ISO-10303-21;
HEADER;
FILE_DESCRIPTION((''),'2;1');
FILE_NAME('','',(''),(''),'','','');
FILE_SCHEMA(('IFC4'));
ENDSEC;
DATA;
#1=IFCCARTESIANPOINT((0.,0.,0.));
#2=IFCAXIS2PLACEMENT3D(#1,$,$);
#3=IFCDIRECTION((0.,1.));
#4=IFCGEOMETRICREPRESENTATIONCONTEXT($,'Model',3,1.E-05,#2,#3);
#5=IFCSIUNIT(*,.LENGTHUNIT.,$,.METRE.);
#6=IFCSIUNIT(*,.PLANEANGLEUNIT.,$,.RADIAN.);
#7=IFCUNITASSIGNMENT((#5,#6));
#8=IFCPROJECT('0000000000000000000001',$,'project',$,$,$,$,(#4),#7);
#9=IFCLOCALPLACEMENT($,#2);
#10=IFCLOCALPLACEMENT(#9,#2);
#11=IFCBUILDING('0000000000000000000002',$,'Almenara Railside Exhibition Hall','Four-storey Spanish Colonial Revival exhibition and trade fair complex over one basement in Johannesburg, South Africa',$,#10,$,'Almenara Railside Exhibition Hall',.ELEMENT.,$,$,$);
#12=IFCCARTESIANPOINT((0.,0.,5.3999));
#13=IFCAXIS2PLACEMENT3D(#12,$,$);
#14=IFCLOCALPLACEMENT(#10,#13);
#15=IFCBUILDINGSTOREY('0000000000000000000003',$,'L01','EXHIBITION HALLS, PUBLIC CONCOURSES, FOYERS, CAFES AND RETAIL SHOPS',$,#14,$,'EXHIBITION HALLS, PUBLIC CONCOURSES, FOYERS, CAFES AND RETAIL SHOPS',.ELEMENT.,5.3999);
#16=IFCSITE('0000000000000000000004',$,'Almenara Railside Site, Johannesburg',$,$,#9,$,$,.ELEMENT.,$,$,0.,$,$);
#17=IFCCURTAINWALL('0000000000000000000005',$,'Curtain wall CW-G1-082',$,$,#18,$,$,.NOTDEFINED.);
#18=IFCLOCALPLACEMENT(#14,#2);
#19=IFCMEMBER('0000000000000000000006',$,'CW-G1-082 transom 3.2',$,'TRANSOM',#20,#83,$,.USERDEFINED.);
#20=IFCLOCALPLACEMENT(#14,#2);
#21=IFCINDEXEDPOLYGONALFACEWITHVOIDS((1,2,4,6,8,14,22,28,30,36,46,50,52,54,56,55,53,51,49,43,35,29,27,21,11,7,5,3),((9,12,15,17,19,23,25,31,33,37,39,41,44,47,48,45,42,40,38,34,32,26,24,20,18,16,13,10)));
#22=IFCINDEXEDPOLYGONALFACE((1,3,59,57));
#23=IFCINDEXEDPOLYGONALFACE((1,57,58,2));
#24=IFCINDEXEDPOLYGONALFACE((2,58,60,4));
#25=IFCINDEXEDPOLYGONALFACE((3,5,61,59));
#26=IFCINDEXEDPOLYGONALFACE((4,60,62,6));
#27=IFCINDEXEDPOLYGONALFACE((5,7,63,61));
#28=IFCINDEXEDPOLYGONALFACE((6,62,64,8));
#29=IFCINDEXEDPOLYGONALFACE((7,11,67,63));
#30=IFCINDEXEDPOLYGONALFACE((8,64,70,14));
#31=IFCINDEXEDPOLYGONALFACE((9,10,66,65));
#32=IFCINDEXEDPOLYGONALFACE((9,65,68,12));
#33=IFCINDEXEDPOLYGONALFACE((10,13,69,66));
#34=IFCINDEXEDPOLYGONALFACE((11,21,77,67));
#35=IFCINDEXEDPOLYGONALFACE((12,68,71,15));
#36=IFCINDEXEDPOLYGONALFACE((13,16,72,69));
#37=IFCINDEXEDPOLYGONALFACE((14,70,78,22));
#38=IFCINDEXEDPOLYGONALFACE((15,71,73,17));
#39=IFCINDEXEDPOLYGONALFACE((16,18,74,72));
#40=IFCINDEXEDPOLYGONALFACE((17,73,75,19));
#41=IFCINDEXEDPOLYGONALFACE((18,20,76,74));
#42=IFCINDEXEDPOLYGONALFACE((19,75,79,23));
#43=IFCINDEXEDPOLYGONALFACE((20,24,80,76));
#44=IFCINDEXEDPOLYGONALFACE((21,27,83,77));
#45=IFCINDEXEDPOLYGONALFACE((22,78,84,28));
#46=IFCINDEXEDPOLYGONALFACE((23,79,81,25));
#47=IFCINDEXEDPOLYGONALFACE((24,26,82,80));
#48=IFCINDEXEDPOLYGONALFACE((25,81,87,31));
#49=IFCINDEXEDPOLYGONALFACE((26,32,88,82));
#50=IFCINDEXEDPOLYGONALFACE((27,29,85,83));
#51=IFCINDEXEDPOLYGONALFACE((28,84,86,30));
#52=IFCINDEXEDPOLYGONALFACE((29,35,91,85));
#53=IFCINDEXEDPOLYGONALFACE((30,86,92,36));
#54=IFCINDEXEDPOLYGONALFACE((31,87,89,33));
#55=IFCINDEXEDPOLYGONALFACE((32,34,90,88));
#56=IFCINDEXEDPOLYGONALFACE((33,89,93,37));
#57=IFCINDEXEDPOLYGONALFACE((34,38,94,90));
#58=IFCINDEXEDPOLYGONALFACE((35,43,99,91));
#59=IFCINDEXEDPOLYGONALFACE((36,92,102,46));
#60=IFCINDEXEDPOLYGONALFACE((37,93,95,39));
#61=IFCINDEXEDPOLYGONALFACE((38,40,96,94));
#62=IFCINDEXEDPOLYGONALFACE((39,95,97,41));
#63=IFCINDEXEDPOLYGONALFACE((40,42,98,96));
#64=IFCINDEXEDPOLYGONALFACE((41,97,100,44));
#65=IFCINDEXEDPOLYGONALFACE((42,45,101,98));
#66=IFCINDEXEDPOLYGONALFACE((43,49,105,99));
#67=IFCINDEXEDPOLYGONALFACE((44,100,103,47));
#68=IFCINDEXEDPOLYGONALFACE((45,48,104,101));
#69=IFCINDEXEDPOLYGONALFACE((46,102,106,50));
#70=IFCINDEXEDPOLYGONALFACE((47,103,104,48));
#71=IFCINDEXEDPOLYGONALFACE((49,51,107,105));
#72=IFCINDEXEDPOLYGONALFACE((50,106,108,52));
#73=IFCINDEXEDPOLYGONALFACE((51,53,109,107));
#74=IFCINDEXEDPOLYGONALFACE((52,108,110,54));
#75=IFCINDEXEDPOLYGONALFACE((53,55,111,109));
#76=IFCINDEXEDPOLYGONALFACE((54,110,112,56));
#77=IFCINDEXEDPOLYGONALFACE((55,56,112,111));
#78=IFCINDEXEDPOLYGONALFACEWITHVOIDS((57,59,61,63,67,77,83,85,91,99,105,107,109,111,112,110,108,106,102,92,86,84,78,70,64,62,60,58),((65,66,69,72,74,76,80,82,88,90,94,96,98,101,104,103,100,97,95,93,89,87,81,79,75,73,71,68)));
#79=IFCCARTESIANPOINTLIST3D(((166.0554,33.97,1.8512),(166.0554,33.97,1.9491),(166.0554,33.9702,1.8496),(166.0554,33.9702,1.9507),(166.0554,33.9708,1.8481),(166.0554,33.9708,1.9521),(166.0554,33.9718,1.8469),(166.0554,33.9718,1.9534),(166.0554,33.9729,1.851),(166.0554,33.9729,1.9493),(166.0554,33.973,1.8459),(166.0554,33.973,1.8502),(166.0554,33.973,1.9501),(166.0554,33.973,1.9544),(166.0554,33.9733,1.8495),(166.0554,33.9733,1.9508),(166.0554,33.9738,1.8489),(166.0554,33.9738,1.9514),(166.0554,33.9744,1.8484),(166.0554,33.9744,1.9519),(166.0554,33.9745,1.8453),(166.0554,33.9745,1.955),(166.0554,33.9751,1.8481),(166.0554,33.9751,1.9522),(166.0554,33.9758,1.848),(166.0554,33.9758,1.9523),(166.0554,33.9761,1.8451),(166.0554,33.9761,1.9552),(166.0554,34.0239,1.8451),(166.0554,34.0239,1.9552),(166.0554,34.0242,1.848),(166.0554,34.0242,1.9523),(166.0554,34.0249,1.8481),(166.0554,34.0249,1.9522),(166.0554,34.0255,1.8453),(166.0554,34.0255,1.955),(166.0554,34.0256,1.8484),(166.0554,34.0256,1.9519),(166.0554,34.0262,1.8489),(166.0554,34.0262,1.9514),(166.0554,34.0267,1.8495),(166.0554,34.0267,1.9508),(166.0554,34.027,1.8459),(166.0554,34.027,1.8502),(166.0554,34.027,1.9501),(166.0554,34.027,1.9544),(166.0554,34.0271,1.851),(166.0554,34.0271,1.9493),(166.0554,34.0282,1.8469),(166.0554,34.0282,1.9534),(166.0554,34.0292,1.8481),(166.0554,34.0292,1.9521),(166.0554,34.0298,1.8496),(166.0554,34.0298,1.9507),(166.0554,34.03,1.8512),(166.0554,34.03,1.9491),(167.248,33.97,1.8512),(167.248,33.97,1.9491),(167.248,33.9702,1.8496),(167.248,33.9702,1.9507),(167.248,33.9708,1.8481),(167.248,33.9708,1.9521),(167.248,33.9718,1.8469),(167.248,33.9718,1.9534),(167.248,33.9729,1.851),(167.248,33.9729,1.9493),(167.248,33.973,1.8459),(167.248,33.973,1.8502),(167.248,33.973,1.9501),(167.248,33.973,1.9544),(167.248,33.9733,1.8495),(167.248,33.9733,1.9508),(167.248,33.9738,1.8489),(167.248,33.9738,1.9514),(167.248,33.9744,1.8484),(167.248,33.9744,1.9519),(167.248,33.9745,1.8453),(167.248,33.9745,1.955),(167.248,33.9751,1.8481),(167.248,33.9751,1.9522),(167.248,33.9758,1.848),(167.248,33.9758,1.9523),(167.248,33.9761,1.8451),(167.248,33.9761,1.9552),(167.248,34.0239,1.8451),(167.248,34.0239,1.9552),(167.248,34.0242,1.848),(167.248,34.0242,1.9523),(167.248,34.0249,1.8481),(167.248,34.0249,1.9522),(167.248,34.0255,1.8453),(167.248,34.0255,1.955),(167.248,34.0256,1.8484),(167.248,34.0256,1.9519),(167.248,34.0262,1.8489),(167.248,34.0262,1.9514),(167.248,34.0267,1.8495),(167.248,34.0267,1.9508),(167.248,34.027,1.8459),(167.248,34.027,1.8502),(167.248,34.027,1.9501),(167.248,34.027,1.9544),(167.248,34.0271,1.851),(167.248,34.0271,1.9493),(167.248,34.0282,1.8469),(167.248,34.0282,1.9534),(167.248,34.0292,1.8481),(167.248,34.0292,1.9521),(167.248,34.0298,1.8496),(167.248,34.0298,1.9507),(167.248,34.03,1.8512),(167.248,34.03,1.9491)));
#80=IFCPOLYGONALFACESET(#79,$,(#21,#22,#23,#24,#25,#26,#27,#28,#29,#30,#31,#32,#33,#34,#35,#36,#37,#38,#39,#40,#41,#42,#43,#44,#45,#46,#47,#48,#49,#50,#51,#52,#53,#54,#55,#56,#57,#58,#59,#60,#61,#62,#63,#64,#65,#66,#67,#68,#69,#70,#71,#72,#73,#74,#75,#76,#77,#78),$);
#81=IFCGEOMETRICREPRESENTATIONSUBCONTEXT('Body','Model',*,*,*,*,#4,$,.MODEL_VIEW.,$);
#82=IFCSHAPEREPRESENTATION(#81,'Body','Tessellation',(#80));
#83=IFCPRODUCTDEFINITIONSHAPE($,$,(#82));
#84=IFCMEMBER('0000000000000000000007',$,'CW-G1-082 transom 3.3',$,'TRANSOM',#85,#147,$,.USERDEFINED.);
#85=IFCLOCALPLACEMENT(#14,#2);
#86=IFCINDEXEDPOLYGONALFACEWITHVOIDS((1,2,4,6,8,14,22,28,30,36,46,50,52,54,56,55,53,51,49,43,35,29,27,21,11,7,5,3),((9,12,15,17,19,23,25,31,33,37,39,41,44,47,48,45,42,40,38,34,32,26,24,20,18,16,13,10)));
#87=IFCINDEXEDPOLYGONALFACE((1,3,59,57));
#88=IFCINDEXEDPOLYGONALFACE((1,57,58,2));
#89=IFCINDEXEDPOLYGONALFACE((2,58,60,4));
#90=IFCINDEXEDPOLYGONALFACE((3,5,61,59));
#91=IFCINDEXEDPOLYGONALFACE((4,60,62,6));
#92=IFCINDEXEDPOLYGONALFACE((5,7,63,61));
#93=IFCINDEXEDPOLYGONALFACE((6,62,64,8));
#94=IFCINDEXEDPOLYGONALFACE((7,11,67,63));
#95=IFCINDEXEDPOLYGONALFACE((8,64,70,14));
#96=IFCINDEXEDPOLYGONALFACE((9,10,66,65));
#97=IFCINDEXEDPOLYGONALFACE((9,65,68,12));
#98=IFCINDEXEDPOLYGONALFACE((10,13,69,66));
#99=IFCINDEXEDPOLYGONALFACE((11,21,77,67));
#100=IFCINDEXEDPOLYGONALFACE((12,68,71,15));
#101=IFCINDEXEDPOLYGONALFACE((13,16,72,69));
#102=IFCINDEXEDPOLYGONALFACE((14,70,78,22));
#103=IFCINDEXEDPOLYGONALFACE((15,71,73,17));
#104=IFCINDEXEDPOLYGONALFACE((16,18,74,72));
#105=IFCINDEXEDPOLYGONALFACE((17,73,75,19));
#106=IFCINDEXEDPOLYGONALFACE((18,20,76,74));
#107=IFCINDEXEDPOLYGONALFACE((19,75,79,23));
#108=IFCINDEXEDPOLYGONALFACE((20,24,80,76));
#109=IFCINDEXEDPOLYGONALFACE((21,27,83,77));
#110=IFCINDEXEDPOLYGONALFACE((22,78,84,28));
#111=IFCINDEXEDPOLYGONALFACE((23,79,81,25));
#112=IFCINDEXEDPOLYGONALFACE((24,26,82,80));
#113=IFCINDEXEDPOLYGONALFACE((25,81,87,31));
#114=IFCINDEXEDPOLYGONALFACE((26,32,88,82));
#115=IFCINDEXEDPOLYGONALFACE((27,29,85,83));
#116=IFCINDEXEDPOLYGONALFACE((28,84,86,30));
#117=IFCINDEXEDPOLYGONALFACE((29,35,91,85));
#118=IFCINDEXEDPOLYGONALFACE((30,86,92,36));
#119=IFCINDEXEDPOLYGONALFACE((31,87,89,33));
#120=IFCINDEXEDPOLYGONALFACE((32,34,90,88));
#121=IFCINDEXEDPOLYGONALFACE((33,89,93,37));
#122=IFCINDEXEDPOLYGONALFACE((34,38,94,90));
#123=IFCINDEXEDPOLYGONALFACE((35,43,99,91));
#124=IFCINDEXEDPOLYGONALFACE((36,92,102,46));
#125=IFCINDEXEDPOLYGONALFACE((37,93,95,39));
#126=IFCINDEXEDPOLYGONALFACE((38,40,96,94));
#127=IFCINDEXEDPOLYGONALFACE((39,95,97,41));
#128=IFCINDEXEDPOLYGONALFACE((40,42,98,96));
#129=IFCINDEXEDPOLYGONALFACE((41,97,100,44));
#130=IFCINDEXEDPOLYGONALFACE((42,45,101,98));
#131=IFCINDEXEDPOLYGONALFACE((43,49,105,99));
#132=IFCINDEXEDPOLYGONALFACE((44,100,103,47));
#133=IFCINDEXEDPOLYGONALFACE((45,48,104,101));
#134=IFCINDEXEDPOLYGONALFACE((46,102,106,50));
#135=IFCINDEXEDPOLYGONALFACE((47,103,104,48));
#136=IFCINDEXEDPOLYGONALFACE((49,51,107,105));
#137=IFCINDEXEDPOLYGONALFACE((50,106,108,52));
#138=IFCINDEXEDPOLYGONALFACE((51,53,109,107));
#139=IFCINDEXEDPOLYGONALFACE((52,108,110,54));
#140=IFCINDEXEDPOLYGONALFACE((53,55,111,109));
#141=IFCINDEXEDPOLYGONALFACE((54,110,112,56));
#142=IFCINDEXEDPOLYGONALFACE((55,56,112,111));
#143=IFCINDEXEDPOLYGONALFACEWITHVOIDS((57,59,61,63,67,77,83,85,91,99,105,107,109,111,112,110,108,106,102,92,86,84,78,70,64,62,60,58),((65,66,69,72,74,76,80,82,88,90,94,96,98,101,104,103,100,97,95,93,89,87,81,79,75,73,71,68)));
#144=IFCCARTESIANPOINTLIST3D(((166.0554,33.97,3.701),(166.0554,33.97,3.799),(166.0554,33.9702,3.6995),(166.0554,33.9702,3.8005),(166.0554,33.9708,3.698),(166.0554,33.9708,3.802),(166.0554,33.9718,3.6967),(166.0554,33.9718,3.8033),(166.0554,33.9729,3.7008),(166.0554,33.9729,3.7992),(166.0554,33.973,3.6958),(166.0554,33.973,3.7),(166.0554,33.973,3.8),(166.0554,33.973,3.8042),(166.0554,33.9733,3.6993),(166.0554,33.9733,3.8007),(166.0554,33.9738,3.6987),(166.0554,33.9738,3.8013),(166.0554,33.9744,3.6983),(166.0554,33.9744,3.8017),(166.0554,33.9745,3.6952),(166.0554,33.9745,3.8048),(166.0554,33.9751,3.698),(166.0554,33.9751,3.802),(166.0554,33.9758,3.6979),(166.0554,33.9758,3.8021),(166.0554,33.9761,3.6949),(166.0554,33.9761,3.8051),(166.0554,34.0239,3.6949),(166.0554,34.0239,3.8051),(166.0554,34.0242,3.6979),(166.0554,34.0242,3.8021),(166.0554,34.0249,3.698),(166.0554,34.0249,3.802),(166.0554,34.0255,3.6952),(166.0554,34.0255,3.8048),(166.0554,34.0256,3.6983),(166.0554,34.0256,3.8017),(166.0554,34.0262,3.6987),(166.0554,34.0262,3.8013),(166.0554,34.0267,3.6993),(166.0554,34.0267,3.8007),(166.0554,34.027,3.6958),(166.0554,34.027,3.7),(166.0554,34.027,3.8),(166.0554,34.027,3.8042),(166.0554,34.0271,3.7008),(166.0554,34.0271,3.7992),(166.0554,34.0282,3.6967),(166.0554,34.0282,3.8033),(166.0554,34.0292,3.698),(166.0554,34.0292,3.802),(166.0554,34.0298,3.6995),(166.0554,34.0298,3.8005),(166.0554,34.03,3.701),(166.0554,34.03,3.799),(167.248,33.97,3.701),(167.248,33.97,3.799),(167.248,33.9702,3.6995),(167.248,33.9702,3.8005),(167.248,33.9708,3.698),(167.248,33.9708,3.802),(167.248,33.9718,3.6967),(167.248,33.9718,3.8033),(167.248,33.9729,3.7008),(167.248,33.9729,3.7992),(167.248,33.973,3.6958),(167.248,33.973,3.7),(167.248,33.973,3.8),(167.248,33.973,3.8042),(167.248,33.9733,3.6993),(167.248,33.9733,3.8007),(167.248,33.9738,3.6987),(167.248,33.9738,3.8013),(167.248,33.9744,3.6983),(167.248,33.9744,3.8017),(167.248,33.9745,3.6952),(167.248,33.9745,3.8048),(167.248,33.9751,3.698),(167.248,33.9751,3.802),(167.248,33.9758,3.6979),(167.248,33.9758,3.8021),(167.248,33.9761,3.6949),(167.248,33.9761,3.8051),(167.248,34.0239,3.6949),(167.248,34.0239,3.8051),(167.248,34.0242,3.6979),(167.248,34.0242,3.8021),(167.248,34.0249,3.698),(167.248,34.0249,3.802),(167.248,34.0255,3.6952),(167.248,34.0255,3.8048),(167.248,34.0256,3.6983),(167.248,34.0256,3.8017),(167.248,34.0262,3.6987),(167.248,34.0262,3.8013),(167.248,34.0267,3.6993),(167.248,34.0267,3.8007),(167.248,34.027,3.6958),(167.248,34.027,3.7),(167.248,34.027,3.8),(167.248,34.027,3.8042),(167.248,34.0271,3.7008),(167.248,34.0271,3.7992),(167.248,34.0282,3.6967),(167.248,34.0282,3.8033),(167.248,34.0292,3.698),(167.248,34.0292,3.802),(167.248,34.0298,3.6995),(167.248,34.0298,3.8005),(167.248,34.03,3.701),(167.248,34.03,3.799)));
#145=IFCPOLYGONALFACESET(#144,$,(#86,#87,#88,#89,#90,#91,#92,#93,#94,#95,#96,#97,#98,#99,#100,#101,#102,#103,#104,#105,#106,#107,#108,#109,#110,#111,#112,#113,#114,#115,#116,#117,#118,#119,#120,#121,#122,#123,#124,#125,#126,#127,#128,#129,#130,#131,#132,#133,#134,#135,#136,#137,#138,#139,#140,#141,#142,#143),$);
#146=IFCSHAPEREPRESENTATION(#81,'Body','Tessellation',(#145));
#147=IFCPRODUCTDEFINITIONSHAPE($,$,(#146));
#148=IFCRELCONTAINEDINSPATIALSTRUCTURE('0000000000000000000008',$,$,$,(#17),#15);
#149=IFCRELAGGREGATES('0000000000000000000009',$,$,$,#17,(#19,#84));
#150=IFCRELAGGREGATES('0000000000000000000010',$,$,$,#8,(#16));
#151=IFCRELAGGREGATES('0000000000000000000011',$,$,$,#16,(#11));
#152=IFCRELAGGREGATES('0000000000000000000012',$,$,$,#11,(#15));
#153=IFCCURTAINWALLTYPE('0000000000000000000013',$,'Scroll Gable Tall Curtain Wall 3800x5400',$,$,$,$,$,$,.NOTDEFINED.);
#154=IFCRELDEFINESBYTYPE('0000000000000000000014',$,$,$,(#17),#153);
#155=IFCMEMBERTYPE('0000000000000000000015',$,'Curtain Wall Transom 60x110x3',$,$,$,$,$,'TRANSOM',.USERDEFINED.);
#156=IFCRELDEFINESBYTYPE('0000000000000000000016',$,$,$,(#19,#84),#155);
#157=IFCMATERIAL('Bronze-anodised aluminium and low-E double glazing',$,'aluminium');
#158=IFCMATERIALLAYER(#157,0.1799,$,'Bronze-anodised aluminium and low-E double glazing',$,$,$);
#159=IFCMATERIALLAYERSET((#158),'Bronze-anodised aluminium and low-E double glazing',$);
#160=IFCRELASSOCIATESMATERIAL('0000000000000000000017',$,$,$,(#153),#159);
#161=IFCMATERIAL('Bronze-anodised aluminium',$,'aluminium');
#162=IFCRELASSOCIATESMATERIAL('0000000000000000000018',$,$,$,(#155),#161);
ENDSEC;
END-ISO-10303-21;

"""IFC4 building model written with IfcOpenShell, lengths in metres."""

from ifc_helpers import new_model, si_unit, direction, frame, origin, origin_2d, place, context, subcontext, project, spatial, hollow_rectangle, extrude, material, layer, layer_set, material_profile, profile_set, type_object, element, aggregate, save


model = new_model("IFC4")

# Units and contexts
model_context = context("Model", 3, precision=1e-05, world=origin(), true_north=direction((0.0, 1.0)))
body_context = subcontext(model_context, "Body", "Model", "MODEL_VIEW")
ifc_project = project(units=[si_unit("LENGTHUNIT", "METRE"), si_unit("PLANEANGLEUNIT", "RADIAN")], contexts=[model_context])

# Site, building, storey
site_placement = place(None, origin())
site = spatial("IfcSite", under=ifc_project, at=site_placement, Name="Almenara Railside Site, Johannesburg", CompositionType="ELEMENT", RefElevation=0.0)
building_placement = place(site_placement, origin())
building = spatial("IfcBuilding", under=site, at=building_placement, Name="Almenara Railside Exhibition Hall", Description="Four-storey Spanish Colonial Revival exhibition and trade fair complex over one basement in Johannesburg, South Africa", LongName="Almenara Railside Exhibition Hall", CompositionType="ELEMENT")
storey_placement = place(building_placement, frame((0.0, 0.0, 5.3999)))
storey = spatial("IfcBuildingStorey", under=building, at=storey_placement, Name="L01", Description="EXHIBITION HALLS, PUBLIC CONCOURSES, FOYERS, CAFES AND RETAIL SHOPS", LongName="EXHIBITION HALLS, PUBLIC CONCOURSES, FOYERS, CAFES AND RETAIL SHOPS", CompositionType="ELEMENT", Elevation=5.3999)

# Shared definitions
ifc_material_1 = material(Name="Bronze-anodised aluminium and low-E double glazing", Category="aluminium")
ifc_layer_1 = layer(ifc_material_1, 0.1799, Name="Bronze-anodised aluminium and low-E double glazing")
ifc_layer_set_1 = layer_set([ifc_layer_1], Name="Bronze-anodised aluminium and low-E double glazing")
curtain_wall_type = type_object("IfcCurtainWallType", Name="Scroll Gable Tall Curtain Wall 3800x5400", PredefinedType="NOTDEFINED", material=ifc_layer_set_1)
ifc_material_2 = material(Name="Bronze-anodised aluminium", Category="aluminium")

# Curtain wall, members
curtain_wall_1_placement = place(storey_placement, origin())
curtain_wall_1 = element("IfcCurtainWall", 1, at=curtain_wall_1_placement, inside=storey, type_object=curtain_wall_type, Name="Curtain wall CW-G1-082", PredefinedType="NOTDEFINED")
ifc_material_profile_1 = material_profile(ifc_material_2, hollow_rectangle(XDim=0.0601, YDim=0.1101, WallThickness=0.0029, InnerFilletRadius=0.0029, OuterFilletRadius=0.0061, at=origin_2d()), Name="ALU-TRN 60x110x3")
ifc_profile_set_1 = profile_set([ifc_material_profile_1], Name="Bronze-anodised aluminium")
member_type_1 = type_object("IfcMemberType", Name="Curtain Wall Transom 60x110x3", ElementType="TRANSOM", PredefinedType="USERDEFINED", material=ifc_profile_set_1)
member_1_placement = place(storey_placement, frame((166.0554, 34.0, 1.9001), z_axis=(1.0, 0.0, 0.0), x_axis=(0.0, 1.0, 0.0)))
member_1 = element("IfcMember", 2, at=member_1_placement, type_object=member_type_1, Name="CW-G1-082 transom 3.2", ObjectType="TRANSOM", PredefinedType="USERDEFINED", context=body_context, shape_type="SweptSolid", body=[
    extrude(hollow_rectangle(XDim=0.0601, YDim=0.1101, WallThickness=0.0029, InnerFilletRadius=0.0029, OuterFilletRadius=0.0061, at=origin_2d()), origin(), (0.0, 0.0, 1.0), 1.1926),
])
member_2_placement = place(storey_placement, frame((166.0554, 34.0, 3.75), z_axis=(1.0, 0.0, 0.0), x_axis=(0.0, 1.0, 0.0)))
member_2 = element("IfcMember", 3, at=member_2_placement, type_object=member_type_1, Name="CW-G1-082 transom 3.3", ObjectType="TRANSOM", PredefinedType="USERDEFINED", context=body_context, shape_type="SweptSolid", body=[
    extrude(hollow_rectangle(XDim=0.0601, YDim=0.1101, WallThickness=0.0029, InnerFilletRadius=0.0029, OuterFilletRadius=0.0061, at=origin_2d()), origin(), (0.0, 0.0, 1.0), 1.1926),
])
aggregate(curtain_wall_1, [member_1, member_2])

save(model, "model.ifc")
